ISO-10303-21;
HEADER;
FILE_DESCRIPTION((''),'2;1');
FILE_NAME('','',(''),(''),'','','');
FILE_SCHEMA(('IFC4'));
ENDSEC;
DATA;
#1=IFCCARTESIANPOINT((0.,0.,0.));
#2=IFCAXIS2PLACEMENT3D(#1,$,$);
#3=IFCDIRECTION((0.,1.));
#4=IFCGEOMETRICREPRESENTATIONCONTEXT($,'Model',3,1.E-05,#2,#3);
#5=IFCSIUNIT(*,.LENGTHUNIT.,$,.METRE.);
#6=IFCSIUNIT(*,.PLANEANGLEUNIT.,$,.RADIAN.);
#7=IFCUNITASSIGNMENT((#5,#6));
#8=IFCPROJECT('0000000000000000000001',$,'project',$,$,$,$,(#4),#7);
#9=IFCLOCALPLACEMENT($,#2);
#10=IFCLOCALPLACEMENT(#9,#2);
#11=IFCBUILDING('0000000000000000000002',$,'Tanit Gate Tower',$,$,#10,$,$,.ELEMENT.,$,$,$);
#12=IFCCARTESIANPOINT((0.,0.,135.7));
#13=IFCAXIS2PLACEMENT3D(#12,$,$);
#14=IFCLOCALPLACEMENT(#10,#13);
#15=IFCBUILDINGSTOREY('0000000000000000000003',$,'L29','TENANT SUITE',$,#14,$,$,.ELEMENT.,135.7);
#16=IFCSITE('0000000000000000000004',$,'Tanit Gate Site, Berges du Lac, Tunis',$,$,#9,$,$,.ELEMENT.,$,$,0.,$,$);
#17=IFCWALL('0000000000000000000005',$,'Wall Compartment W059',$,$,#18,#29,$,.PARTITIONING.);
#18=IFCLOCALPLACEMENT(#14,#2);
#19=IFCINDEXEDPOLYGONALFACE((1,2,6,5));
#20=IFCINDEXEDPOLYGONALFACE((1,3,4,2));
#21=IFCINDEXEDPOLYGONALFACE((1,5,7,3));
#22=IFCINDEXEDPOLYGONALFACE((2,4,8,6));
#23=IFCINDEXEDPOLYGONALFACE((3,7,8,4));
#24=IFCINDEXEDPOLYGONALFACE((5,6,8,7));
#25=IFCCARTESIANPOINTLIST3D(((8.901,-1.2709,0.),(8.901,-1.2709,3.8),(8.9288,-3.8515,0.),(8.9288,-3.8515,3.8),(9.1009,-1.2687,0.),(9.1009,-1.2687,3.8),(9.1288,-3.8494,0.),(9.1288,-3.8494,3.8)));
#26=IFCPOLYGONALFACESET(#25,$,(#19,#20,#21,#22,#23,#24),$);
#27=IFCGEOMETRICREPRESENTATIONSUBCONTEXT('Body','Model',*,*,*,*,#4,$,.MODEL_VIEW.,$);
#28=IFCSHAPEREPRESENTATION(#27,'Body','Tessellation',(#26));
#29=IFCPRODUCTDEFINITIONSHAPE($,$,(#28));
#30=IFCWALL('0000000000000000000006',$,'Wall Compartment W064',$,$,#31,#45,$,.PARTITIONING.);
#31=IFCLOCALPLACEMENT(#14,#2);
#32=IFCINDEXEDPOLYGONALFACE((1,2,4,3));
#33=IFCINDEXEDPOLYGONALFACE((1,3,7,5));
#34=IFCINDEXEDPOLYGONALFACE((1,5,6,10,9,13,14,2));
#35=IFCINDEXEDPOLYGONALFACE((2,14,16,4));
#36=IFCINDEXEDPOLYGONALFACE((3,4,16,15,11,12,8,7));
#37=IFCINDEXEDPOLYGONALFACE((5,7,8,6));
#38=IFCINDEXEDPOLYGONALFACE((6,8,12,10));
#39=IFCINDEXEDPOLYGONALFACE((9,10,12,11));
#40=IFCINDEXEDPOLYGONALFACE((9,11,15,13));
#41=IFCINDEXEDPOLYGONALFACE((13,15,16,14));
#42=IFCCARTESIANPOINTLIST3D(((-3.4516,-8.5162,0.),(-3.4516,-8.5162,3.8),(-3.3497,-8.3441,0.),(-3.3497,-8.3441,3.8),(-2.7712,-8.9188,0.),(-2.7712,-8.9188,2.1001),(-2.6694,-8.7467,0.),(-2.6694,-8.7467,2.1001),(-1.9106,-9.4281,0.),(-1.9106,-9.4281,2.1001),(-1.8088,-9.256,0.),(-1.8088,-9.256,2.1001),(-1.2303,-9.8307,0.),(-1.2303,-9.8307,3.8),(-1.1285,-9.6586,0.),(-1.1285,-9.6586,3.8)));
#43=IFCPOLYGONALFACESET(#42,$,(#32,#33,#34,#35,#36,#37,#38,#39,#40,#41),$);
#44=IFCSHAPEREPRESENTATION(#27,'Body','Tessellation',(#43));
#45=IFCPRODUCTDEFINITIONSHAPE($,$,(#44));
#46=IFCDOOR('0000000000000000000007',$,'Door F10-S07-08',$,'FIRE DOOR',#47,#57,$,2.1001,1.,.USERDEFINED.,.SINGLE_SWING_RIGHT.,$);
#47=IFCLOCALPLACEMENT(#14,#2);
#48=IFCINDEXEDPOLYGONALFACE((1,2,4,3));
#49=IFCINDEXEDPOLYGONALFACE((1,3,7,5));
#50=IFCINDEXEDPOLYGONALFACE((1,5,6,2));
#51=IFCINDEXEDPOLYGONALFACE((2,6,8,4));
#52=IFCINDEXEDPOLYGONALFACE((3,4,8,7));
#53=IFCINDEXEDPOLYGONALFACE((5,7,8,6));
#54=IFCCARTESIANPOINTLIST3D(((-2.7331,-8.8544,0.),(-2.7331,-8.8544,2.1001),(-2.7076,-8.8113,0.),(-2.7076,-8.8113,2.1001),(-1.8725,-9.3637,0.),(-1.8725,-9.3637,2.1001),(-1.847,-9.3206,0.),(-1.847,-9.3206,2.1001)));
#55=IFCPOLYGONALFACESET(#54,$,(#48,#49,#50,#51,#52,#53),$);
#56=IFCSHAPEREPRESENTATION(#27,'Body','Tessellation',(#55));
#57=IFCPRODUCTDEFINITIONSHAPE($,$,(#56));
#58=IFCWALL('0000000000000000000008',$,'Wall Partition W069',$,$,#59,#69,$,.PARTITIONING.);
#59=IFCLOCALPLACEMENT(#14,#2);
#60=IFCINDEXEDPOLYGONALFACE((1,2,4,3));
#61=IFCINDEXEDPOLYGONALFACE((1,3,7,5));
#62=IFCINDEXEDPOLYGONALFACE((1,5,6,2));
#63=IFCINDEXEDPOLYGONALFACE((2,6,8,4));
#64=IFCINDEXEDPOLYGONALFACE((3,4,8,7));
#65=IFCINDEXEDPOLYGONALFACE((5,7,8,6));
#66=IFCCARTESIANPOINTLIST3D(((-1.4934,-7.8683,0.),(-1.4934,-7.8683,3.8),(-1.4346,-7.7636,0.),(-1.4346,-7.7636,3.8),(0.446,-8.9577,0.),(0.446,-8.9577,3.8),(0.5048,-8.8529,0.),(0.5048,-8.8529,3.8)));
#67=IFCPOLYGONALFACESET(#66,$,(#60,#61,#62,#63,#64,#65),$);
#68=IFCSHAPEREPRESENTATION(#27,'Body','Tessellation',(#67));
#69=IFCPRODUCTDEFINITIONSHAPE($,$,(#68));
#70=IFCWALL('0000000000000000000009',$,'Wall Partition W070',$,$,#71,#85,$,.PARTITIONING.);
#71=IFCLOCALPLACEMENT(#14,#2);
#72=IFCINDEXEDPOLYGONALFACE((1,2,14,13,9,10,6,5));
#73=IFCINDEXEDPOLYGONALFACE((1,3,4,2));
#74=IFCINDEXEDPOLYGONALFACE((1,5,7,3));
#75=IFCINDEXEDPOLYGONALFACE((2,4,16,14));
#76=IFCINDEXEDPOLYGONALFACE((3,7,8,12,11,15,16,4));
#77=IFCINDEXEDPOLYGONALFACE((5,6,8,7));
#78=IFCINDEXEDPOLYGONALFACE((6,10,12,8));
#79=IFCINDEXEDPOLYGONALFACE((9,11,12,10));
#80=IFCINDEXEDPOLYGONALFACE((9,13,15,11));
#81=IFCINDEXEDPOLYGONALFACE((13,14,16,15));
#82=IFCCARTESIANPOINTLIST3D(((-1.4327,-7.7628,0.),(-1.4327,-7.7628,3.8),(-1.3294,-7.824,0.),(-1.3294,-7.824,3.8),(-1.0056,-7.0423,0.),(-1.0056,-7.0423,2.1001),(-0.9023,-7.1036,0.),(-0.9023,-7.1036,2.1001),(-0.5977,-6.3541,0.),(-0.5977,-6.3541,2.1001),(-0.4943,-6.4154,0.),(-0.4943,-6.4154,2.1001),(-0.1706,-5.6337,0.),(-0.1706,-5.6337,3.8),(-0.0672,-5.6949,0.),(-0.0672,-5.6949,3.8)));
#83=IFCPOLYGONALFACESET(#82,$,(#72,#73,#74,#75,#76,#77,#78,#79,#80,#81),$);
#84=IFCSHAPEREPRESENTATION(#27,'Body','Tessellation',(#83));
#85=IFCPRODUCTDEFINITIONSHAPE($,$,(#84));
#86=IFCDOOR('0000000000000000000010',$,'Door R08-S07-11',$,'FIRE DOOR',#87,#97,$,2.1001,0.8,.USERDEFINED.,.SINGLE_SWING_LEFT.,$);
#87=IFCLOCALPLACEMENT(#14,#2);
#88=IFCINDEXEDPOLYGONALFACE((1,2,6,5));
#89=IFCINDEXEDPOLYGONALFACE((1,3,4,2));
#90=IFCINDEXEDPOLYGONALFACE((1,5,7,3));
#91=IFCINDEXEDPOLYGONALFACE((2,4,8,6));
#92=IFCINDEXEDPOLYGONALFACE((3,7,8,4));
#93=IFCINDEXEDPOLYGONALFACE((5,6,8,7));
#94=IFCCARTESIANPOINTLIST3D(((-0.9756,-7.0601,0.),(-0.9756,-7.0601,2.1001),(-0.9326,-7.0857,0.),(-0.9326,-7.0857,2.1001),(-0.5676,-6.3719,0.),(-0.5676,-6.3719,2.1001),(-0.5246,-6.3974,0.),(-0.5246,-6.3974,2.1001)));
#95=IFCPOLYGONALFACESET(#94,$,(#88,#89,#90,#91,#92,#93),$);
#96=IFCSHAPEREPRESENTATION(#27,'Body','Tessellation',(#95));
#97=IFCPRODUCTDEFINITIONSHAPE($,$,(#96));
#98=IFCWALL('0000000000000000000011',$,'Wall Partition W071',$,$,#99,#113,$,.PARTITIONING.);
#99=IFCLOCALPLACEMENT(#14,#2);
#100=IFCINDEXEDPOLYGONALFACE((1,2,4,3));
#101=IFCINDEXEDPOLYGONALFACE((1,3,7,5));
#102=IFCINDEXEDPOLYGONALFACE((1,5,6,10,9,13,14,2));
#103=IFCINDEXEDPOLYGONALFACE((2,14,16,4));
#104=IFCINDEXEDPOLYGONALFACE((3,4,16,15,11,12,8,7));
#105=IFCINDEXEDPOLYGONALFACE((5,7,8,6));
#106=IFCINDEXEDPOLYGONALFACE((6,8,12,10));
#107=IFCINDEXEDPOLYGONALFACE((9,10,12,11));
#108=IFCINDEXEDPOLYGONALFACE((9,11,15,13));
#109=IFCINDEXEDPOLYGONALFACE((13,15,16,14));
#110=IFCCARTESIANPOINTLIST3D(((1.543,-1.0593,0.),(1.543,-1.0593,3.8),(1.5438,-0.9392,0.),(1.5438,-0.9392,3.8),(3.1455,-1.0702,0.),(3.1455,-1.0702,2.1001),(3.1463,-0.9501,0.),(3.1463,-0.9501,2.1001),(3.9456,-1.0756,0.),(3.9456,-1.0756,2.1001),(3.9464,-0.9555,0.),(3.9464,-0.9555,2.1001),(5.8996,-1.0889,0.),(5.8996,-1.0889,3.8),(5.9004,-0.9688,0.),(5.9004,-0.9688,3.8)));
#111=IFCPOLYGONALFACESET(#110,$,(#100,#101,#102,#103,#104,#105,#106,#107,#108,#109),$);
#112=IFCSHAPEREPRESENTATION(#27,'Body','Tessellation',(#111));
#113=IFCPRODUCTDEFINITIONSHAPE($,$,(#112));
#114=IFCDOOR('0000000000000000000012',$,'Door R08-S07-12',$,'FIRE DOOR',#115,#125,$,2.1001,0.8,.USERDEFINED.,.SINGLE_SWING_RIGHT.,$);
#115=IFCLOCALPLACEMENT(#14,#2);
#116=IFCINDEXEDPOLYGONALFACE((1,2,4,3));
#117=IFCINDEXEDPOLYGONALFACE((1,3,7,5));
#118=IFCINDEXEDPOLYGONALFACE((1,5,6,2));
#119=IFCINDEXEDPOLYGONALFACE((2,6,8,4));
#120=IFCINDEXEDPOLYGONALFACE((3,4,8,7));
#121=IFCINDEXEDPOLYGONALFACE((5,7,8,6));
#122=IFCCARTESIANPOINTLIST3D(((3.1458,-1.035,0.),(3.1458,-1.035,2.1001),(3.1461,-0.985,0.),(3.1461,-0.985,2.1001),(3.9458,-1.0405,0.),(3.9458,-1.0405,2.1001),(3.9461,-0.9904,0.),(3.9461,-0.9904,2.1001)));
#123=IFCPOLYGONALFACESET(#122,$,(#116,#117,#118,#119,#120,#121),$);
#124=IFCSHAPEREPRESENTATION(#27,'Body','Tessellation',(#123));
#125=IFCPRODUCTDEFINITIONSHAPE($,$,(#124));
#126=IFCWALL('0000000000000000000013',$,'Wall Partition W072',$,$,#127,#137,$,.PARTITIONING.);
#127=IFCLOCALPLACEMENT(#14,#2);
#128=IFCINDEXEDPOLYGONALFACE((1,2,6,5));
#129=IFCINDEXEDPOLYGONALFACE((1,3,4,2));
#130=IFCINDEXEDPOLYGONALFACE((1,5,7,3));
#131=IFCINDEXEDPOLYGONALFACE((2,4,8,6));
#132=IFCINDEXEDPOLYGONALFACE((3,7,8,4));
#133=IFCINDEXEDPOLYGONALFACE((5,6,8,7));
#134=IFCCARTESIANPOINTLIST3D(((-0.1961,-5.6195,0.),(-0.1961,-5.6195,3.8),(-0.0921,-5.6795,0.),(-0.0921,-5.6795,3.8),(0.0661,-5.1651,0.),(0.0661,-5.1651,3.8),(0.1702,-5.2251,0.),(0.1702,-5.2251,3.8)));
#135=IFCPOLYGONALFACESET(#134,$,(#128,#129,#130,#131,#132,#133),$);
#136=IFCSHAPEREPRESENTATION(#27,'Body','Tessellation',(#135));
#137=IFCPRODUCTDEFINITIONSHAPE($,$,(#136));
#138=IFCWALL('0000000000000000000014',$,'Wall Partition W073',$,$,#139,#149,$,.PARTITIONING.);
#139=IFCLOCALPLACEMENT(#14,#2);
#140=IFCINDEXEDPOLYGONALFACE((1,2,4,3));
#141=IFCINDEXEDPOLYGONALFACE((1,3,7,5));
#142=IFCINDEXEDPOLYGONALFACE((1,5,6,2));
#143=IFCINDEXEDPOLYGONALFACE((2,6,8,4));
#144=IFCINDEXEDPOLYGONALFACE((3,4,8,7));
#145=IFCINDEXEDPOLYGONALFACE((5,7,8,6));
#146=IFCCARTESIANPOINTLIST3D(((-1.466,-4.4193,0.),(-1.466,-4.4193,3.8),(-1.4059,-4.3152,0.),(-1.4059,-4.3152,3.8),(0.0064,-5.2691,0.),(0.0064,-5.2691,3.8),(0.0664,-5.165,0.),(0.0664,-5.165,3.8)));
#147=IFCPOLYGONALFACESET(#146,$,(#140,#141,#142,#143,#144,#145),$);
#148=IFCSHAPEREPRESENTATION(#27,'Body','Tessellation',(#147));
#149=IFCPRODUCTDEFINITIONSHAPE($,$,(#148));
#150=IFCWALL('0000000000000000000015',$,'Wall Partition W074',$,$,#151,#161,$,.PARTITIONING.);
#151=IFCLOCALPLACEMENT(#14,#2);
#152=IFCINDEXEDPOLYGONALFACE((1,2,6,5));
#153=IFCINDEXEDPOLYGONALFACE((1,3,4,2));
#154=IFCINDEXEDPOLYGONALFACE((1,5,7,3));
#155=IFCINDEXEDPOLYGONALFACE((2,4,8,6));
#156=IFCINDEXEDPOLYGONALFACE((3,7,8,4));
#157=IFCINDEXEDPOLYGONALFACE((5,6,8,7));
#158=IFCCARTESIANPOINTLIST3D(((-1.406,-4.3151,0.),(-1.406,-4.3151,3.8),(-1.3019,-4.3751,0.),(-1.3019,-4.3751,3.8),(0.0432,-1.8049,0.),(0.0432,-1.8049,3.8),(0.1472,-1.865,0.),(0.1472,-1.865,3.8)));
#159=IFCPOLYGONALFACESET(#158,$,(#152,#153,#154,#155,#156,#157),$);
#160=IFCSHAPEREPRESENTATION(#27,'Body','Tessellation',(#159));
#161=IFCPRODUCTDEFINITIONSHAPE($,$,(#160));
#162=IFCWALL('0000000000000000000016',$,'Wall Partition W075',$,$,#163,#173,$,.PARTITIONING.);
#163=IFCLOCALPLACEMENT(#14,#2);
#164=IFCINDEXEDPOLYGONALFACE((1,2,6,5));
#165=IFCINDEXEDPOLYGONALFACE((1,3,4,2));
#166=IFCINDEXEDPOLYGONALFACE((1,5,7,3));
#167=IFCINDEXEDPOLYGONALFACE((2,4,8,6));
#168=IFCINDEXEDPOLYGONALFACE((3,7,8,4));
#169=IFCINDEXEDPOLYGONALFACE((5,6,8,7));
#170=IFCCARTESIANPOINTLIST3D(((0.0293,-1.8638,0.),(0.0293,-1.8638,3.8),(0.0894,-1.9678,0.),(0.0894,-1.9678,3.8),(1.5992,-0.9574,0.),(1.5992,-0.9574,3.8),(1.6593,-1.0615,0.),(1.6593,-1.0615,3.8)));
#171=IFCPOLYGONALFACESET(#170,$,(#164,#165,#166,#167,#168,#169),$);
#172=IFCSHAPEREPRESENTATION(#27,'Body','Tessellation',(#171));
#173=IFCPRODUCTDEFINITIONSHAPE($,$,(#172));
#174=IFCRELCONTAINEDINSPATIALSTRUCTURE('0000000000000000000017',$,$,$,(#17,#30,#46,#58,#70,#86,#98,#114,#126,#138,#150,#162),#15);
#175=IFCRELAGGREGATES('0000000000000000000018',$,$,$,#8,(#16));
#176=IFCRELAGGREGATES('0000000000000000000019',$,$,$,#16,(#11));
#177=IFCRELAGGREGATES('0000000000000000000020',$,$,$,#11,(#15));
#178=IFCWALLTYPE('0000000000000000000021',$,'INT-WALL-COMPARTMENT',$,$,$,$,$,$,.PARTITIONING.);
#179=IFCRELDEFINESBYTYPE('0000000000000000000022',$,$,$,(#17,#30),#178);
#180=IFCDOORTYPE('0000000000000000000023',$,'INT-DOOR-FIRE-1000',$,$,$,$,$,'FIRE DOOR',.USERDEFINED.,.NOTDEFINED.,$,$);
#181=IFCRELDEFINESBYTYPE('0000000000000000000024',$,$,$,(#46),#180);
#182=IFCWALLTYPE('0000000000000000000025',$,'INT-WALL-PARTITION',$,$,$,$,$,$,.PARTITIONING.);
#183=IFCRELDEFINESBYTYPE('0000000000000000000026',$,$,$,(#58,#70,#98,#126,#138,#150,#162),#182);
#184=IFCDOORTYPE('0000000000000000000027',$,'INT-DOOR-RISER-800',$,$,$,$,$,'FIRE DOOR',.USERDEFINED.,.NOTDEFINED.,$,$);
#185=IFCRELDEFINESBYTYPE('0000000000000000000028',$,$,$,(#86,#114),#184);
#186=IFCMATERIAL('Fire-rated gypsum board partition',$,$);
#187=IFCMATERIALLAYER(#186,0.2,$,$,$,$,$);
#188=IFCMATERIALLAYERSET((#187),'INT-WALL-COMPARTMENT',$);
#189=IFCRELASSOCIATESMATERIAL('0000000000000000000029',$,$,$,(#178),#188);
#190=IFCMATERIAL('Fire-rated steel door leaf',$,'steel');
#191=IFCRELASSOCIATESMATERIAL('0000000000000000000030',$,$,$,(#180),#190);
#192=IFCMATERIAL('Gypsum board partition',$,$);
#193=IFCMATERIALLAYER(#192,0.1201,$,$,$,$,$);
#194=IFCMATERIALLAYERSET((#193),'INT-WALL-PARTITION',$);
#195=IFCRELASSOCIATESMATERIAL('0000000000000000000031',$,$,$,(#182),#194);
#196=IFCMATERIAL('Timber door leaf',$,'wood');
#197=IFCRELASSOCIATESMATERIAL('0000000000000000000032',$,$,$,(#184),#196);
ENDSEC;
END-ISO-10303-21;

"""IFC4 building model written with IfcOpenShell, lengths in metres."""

from ifc_helpers import new_model, si_unit, direction, frame, frame_2d, origin, place, context, subcontext, project, spatial, rectangle, extrude, material, layer, layer_set, type_object, element, fill, save


model = new_model("IFC4")

# Units and contexts
model_context = context("Model", 3, precision=1e-05, world=origin(), true_north=direction((0.0, 1.0)))
body_context = subcontext(model_context, "Body", "Model", "MODEL_VIEW")
ifc_project = project(units=[si_unit("LENGTHUNIT", "METRE"), si_unit("PLANEANGLEUNIT", "RADIAN")], contexts=[model_context])

# Site, building, storey
site_placement = place(None, origin())
site = spatial("IfcSite", under=ifc_project, at=site_placement, Name="Tanit Gate Site, Berges du Lac, Tunis", CompositionType="ELEMENT", RefElevation=0.0)
building_placement = place(site_placement, origin())
building = spatial("IfcBuilding", under=site, at=building_placement, Name="Tanit Gate Tower", CompositionType="ELEMENT")
storey_placement = place(building_placement, frame((0.0, 0.0, 135.7)))
storey = spatial("IfcBuildingStorey", under=building, at=storey_placement, Name="L29", Description="TENANT SUITE", CompositionType="ELEMENT", Elevation=135.7)

# Wall
ifc_material_1 = material(Name="Fire-rated gypsum board partition")
ifc_layer_1 = layer(ifc_material_1, 0.2)
ifc_layer_set_1 = layer_set([ifc_layer_1], Name="INT-WALL-COMPARTMENT")
wall_type_1 = type_object("IfcWallType", Name="INT-WALL-COMPARTMENT", PredefinedType="PARTITIONING", material=ifc_layer_set_1)
wall_1_placement = place(storey_placement, frame((9.0288, -3.8506, 0.0), z_axis=(0.0, 0.0, 1.0), x_axis=(-0.010785, 0.999942, 0.0)))
element("IfcWall", 1, at=wall_1_placement, inside=storey, type_object=wall_type_1, Name="Wall Compartment W059", PredefinedType="PARTITIONING", context=body_context, shape_type="SweptSolid", body=[
    extrude(rectangle(XDim=2.5808, YDim=0.2, at=frame_2d((1.2905, 0.0))), origin(), (0.0, 0.0, 1.0), 3.8),
])

# Wall, opening, door
wall_2_placement = place(storey_placement, frame((-3.4006, -8.4302, 0.0), z_axis=(0.0, 0.0, 1.0), x_axis=(0.860599, -0.509284, 0.0)))
wall_2 = element("IfcWall", 2, at=wall_2_placement, inside=storey, type_object=wall_type_1, Name="Wall Compartment W064", PredefinedType="PARTITIONING", context=body_context, shape_type="SweptSolid", body=[
    extrude(rectangle(XDim=2.5811, YDim=0.2, at=frame_2d((1.2905, 0.0))), origin(), (0.0, 0.0, 1.0), 3.8),
])
opening_1_placement = place(wall_2_placement, frame((0.7905, 0.0, 0.0)))
opening_1 = element("IfcOpeningElement", 3, at=opening_1_placement, cuts=wall_2, PredefinedType="OPENING", context=body_context, shape_type="SweptSolid", body=[
    extrude(rectangle(XDim=1.0, YDim=2.1001, at=frame_2d((0.5, 1.05))), frame((0.0, 0.1099, 0.0), z_axis=(0.0, -1.0, 0.0), x_axis=(1.0, 0.0, 0.0)), (0.0, 0.0, 1.0), 0.22),
])
ifc_material_2 = material(Name="Fire-rated steel door leaf", Category="steel")
door_type_1 = type_object("IfcDoorType", Name="INT-DOOR-FIRE-1000", ElementType="FIRE DOOR", OperationType="NOTDEFINED", PredefinedType="USERDEFINED", material=ifc_material_2)
door_1_placement = place(opening_1_placement, origin())
door_1 = element("IfcDoor", 4, at=door_1_placement, inside=storey, type_object=door_type_1, Name="Door F10-S07-08", ObjectType="FIRE DOOR", OperationType="SINGLE_SWING_RIGHT", OverallHeight=2.1001, OverallWidth=1.0, PredefinedType="USERDEFINED", context=body_context, shape_type="SweptSolid", body=[
    extrude(rectangle(XDim=1.0, YDim=2.1001, at=frame_2d((0.5, 1.05))), frame((0.0, 0.0249, 0.0), z_axis=(0.0, -1.0, 0.0), x_axis=(1.0, 0.0, 0.0)), (0.0, 0.0, 1.0), 0.05),
])
fill(opening_1, door_1)

# Wall
ifc_material_3 = material(Name="Gypsum board partition")
ifc_layer_2 = layer(ifc_material_3, 0.1201)
ifc_layer_set_2 = layer_set([ifc_layer_2], Name="INT-WALL-PARTITION")
wall_type_2 = type_object("IfcWallType", Name="INT-WALL-PARTITION", PredefinedType="PARTITIONING", material=ifc_layer_set_2)
wall_3_placement = place(storey_placement, frame((-1.4641, -7.8159, 0.0), z_axis=(0.0, 0.0, 1.0), x_axis=(0.87188, -0.489719, 0.0)))
element("IfcWall", 5, at=wall_3_placement, inside=storey, type_object=wall_type_2, Name="Wall Partition W069", PredefinedType="PARTITIONING", context=body_context, shape_type="SweptSolid", body=[
    extrude(rectangle(XDim=2.2244, YDim=0.1201, at=frame_2d((1.1123, 0.0))), origin(), (0.0, 0.0, 1.0), 3.8),
])

# Walls, openings, doors
wall_4_placement = place(storey_placement, frame((-0.1189, -5.6643, 0.0), z_axis=(0.0, 0.0, 1.0), x_axis=(-0.509948, -0.860205, 0.0)))
wall_4 = element("IfcWall", 6, at=wall_4_placement, inside=storey, type_object=wall_type_2, Name="Wall Partition W070", PredefinedType="PARTITIONING", context=body_context, shape_type="SweptSolid", body=[
    extrude(rectangle(XDim=2.4751, YDim=0.1201, at=frame_2d((1.2375, 0.0))), origin(), (0.0, 0.0, 1.0), 3.8),
])
opening_2_placement = place(wall_4_placement, frame((0.8376, 0.0, 0.0)))
opening_2 = element("IfcOpeningElement", 7, at=opening_2_placement, cuts=wall_4, PredefinedType="OPENING", context=body_context, shape_type="SweptSolid", body=[
    extrude(rectangle(XDim=0.8, YDim=2.1001, at=frame_2d((0.3999, 1.05))), frame((0.0, 0.0701, 0.0), z_axis=(0.0, -1.0, 0.0), x_axis=(1.0, 0.0, 0.0)), (0.0, 0.0, 1.0), 0.1401),
])
ifc_material_4 = material(Name="Timber door leaf", Category="wood")
door_type_2 = type_object("IfcDoorType", Name="INT-DOOR-RISER-800", ElementType="FIRE DOOR", OperationType="NOTDEFINED", PredefinedType="USERDEFINED", material=ifc_material_4)
door_2_placement = place(opening_2_placement, origin())
door_2 = element("IfcDoor", 8, at=door_2_placement, inside=storey, type_object=door_type_2, Name="Door R08-S07-11", ObjectType="FIRE DOOR", OperationType="SINGLE_SWING_LEFT", OverallHeight=2.1001, OverallWidth=0.8, PredefinedType="USERDEFINED", context=body_context, shape_type="SweptSolid", body=[
    extrude(rectangle(XDim=0.8, YDim=2.1001, at=frame_2d((0.3999, 1.05))), frame((0.0, 0.0249, 0.0), z_axis=(0.0, -1.0, 0.0), x_axis=(1.0, 0.0, 0.0)), (0.0, 0.0, 1.0), 0.05),
])
fill(opening_2, door_2)
wall_5_placement = place(storey_placement, frame((5.8999, -1.0288, 0.0), z_axis=(0.0, 0.0, 1.0), x_axis=(-0.999977, 0.00678, 0.0)))
wall_5 = element("IfcWall", 9, at=wall_5_placement, inside=storey, type_object=wall_type_2, Name="Wall Partition W071", PredefinedType="PARTITIONING", context=body_context, shape_type="SweptSolid", body=[
    extrude(rectangle(XDim=4.3567, YDim=0.1201, at=frame_2d((2.1782, 0.0))), origin(), (0.0, 0.0, 1.0), 3.8),
])
opening_3_placement = place(wall_5_placement, frame((1.9541, 0.0, 0.0)))
opening_3 = element("IfcOpeningElement", 10, at=opening_3_placement, cuts=wall_5, PredefinedType="OPENING", context=body_context, shape_type="SweptSolid", body=[
    extrude(rectangle(XDim=0.8, YDim=2.1001, at=frame_2d((0.3999, 1.05))), frame((0.0, 0.0701, 0.0), z_axis=(0.0, -1.0, 0.0), x_axis=(1.0, 0.0, 0.0)), (0.0, 0.0, 1.0), 0.1401),
])
door_3_placement = place(opening_3_placement, origin())
door_3 = element("IfcDoor", 11, at=door_3_placement, inside=storey, type_object=door_type_2, Name="Door R08-S07-12", ObjectType="FIRE DOOR", OperationType="SINGLE_SWING_RIGHT", OverallHeight=2.1001, OverallWidth=0.8, PredefinedType="USERDEFINED", context=body_context, shape_type="SweptSolid", body=[
    extrude(rectangle(XDim=0.8, YDim=2.1001, at=frame_2d((0.3999, 1.05))), frame((0.0, 0.0249, 0.0), z_axis=(0.0, -1.0, 0.0), x_axis=(1.0, 0.0, 0.0)), (0.0, 0.0, 1.0), 0.05),
])
fill(opening_3, door_3)

# Walls
wall_6_placement = place(storey_placement, frame((-0.144, -5.6494, 0.0), z_axis=(0.0, 0.0, 1.0), x_axis=(0.499843, 0.866116, 0.0)))
element("IfcWall", 12, at=wall_6_placement, inside=storey, type_object=wall_type_2, Name="Wall Partition W072", PredefinedType="PARTITIONING", context=body_context, shape_type="SweptSolid", body=[
    extrude(rectangle(XDim=0.5247, YDim=0.1201, at=frame_2d((0.2622, 0.0))), origin(), (0.0, 0.0, 1.0), 3.8),
])
wall_7_placement = place(storey_placement, frame((-1.436, -4.3672, 0.0), z_axis=(0.0, 0.0, 1.0), x_axis=(0.866088, -0.499892, 0.0)))
element("IfcWall", 13, at=wall_7_placement, inside=storey, type_object=wall_type_2, Name="Wall Partition W073", PredefinedType="PARTITIONING", context=body_context, shape_type="SweptSolid", body=[
    extrude(rectangle(XDim=1.7, YDim=0.1201, at=frame_2d((0.8501, 0.0))), origin(), (0.0, 0.0, 1.0), 3.8),
])
wall_8_placement = place(storey_placement, frame((0.0952, -1.835, 0.0), z_axis=(0.0, 0.0, 1.0), x_axis=(-0.49998, -0.866037, 0.0)))
element("IfcWall", 14, at=wall_8_placement, inside=storey, type_object=wall_type_2, Name="Wall Partition W074", PredefinedType="PARTITIONING", context=body_context, shape_type="SweptSolid", body=[
    extrude(rectangle(XDim=2.8984, YDim=0.1201, at=frame_2d((1.4492, 0.0))), origin(), (0.0, 0.0, 1.0), 3.8),
])
wall_9_placement = place(storey_placement, frame((1.6292, -1.0095, 0.0), z_axis=(0.0, 0.0, 1.0), x_axis=(-0.866047, -0.499963, 0.0)))
element("IfcWall", 15, at=wall_9_placement, inside=storey, type_object=wall_type_2, Name="Wall Partition W075", PredefinedType="PARTITIONING", context=body_context, shape_type="SweptSolid", body=[
    extrude(rectangle(XDim=1.8127, YDim=0.1201, at=frame_2d((0.9062, 0.0))), origin(), (0.0, 0.0, 1.0), 3.8),
])

save(model, "model.ifc")
